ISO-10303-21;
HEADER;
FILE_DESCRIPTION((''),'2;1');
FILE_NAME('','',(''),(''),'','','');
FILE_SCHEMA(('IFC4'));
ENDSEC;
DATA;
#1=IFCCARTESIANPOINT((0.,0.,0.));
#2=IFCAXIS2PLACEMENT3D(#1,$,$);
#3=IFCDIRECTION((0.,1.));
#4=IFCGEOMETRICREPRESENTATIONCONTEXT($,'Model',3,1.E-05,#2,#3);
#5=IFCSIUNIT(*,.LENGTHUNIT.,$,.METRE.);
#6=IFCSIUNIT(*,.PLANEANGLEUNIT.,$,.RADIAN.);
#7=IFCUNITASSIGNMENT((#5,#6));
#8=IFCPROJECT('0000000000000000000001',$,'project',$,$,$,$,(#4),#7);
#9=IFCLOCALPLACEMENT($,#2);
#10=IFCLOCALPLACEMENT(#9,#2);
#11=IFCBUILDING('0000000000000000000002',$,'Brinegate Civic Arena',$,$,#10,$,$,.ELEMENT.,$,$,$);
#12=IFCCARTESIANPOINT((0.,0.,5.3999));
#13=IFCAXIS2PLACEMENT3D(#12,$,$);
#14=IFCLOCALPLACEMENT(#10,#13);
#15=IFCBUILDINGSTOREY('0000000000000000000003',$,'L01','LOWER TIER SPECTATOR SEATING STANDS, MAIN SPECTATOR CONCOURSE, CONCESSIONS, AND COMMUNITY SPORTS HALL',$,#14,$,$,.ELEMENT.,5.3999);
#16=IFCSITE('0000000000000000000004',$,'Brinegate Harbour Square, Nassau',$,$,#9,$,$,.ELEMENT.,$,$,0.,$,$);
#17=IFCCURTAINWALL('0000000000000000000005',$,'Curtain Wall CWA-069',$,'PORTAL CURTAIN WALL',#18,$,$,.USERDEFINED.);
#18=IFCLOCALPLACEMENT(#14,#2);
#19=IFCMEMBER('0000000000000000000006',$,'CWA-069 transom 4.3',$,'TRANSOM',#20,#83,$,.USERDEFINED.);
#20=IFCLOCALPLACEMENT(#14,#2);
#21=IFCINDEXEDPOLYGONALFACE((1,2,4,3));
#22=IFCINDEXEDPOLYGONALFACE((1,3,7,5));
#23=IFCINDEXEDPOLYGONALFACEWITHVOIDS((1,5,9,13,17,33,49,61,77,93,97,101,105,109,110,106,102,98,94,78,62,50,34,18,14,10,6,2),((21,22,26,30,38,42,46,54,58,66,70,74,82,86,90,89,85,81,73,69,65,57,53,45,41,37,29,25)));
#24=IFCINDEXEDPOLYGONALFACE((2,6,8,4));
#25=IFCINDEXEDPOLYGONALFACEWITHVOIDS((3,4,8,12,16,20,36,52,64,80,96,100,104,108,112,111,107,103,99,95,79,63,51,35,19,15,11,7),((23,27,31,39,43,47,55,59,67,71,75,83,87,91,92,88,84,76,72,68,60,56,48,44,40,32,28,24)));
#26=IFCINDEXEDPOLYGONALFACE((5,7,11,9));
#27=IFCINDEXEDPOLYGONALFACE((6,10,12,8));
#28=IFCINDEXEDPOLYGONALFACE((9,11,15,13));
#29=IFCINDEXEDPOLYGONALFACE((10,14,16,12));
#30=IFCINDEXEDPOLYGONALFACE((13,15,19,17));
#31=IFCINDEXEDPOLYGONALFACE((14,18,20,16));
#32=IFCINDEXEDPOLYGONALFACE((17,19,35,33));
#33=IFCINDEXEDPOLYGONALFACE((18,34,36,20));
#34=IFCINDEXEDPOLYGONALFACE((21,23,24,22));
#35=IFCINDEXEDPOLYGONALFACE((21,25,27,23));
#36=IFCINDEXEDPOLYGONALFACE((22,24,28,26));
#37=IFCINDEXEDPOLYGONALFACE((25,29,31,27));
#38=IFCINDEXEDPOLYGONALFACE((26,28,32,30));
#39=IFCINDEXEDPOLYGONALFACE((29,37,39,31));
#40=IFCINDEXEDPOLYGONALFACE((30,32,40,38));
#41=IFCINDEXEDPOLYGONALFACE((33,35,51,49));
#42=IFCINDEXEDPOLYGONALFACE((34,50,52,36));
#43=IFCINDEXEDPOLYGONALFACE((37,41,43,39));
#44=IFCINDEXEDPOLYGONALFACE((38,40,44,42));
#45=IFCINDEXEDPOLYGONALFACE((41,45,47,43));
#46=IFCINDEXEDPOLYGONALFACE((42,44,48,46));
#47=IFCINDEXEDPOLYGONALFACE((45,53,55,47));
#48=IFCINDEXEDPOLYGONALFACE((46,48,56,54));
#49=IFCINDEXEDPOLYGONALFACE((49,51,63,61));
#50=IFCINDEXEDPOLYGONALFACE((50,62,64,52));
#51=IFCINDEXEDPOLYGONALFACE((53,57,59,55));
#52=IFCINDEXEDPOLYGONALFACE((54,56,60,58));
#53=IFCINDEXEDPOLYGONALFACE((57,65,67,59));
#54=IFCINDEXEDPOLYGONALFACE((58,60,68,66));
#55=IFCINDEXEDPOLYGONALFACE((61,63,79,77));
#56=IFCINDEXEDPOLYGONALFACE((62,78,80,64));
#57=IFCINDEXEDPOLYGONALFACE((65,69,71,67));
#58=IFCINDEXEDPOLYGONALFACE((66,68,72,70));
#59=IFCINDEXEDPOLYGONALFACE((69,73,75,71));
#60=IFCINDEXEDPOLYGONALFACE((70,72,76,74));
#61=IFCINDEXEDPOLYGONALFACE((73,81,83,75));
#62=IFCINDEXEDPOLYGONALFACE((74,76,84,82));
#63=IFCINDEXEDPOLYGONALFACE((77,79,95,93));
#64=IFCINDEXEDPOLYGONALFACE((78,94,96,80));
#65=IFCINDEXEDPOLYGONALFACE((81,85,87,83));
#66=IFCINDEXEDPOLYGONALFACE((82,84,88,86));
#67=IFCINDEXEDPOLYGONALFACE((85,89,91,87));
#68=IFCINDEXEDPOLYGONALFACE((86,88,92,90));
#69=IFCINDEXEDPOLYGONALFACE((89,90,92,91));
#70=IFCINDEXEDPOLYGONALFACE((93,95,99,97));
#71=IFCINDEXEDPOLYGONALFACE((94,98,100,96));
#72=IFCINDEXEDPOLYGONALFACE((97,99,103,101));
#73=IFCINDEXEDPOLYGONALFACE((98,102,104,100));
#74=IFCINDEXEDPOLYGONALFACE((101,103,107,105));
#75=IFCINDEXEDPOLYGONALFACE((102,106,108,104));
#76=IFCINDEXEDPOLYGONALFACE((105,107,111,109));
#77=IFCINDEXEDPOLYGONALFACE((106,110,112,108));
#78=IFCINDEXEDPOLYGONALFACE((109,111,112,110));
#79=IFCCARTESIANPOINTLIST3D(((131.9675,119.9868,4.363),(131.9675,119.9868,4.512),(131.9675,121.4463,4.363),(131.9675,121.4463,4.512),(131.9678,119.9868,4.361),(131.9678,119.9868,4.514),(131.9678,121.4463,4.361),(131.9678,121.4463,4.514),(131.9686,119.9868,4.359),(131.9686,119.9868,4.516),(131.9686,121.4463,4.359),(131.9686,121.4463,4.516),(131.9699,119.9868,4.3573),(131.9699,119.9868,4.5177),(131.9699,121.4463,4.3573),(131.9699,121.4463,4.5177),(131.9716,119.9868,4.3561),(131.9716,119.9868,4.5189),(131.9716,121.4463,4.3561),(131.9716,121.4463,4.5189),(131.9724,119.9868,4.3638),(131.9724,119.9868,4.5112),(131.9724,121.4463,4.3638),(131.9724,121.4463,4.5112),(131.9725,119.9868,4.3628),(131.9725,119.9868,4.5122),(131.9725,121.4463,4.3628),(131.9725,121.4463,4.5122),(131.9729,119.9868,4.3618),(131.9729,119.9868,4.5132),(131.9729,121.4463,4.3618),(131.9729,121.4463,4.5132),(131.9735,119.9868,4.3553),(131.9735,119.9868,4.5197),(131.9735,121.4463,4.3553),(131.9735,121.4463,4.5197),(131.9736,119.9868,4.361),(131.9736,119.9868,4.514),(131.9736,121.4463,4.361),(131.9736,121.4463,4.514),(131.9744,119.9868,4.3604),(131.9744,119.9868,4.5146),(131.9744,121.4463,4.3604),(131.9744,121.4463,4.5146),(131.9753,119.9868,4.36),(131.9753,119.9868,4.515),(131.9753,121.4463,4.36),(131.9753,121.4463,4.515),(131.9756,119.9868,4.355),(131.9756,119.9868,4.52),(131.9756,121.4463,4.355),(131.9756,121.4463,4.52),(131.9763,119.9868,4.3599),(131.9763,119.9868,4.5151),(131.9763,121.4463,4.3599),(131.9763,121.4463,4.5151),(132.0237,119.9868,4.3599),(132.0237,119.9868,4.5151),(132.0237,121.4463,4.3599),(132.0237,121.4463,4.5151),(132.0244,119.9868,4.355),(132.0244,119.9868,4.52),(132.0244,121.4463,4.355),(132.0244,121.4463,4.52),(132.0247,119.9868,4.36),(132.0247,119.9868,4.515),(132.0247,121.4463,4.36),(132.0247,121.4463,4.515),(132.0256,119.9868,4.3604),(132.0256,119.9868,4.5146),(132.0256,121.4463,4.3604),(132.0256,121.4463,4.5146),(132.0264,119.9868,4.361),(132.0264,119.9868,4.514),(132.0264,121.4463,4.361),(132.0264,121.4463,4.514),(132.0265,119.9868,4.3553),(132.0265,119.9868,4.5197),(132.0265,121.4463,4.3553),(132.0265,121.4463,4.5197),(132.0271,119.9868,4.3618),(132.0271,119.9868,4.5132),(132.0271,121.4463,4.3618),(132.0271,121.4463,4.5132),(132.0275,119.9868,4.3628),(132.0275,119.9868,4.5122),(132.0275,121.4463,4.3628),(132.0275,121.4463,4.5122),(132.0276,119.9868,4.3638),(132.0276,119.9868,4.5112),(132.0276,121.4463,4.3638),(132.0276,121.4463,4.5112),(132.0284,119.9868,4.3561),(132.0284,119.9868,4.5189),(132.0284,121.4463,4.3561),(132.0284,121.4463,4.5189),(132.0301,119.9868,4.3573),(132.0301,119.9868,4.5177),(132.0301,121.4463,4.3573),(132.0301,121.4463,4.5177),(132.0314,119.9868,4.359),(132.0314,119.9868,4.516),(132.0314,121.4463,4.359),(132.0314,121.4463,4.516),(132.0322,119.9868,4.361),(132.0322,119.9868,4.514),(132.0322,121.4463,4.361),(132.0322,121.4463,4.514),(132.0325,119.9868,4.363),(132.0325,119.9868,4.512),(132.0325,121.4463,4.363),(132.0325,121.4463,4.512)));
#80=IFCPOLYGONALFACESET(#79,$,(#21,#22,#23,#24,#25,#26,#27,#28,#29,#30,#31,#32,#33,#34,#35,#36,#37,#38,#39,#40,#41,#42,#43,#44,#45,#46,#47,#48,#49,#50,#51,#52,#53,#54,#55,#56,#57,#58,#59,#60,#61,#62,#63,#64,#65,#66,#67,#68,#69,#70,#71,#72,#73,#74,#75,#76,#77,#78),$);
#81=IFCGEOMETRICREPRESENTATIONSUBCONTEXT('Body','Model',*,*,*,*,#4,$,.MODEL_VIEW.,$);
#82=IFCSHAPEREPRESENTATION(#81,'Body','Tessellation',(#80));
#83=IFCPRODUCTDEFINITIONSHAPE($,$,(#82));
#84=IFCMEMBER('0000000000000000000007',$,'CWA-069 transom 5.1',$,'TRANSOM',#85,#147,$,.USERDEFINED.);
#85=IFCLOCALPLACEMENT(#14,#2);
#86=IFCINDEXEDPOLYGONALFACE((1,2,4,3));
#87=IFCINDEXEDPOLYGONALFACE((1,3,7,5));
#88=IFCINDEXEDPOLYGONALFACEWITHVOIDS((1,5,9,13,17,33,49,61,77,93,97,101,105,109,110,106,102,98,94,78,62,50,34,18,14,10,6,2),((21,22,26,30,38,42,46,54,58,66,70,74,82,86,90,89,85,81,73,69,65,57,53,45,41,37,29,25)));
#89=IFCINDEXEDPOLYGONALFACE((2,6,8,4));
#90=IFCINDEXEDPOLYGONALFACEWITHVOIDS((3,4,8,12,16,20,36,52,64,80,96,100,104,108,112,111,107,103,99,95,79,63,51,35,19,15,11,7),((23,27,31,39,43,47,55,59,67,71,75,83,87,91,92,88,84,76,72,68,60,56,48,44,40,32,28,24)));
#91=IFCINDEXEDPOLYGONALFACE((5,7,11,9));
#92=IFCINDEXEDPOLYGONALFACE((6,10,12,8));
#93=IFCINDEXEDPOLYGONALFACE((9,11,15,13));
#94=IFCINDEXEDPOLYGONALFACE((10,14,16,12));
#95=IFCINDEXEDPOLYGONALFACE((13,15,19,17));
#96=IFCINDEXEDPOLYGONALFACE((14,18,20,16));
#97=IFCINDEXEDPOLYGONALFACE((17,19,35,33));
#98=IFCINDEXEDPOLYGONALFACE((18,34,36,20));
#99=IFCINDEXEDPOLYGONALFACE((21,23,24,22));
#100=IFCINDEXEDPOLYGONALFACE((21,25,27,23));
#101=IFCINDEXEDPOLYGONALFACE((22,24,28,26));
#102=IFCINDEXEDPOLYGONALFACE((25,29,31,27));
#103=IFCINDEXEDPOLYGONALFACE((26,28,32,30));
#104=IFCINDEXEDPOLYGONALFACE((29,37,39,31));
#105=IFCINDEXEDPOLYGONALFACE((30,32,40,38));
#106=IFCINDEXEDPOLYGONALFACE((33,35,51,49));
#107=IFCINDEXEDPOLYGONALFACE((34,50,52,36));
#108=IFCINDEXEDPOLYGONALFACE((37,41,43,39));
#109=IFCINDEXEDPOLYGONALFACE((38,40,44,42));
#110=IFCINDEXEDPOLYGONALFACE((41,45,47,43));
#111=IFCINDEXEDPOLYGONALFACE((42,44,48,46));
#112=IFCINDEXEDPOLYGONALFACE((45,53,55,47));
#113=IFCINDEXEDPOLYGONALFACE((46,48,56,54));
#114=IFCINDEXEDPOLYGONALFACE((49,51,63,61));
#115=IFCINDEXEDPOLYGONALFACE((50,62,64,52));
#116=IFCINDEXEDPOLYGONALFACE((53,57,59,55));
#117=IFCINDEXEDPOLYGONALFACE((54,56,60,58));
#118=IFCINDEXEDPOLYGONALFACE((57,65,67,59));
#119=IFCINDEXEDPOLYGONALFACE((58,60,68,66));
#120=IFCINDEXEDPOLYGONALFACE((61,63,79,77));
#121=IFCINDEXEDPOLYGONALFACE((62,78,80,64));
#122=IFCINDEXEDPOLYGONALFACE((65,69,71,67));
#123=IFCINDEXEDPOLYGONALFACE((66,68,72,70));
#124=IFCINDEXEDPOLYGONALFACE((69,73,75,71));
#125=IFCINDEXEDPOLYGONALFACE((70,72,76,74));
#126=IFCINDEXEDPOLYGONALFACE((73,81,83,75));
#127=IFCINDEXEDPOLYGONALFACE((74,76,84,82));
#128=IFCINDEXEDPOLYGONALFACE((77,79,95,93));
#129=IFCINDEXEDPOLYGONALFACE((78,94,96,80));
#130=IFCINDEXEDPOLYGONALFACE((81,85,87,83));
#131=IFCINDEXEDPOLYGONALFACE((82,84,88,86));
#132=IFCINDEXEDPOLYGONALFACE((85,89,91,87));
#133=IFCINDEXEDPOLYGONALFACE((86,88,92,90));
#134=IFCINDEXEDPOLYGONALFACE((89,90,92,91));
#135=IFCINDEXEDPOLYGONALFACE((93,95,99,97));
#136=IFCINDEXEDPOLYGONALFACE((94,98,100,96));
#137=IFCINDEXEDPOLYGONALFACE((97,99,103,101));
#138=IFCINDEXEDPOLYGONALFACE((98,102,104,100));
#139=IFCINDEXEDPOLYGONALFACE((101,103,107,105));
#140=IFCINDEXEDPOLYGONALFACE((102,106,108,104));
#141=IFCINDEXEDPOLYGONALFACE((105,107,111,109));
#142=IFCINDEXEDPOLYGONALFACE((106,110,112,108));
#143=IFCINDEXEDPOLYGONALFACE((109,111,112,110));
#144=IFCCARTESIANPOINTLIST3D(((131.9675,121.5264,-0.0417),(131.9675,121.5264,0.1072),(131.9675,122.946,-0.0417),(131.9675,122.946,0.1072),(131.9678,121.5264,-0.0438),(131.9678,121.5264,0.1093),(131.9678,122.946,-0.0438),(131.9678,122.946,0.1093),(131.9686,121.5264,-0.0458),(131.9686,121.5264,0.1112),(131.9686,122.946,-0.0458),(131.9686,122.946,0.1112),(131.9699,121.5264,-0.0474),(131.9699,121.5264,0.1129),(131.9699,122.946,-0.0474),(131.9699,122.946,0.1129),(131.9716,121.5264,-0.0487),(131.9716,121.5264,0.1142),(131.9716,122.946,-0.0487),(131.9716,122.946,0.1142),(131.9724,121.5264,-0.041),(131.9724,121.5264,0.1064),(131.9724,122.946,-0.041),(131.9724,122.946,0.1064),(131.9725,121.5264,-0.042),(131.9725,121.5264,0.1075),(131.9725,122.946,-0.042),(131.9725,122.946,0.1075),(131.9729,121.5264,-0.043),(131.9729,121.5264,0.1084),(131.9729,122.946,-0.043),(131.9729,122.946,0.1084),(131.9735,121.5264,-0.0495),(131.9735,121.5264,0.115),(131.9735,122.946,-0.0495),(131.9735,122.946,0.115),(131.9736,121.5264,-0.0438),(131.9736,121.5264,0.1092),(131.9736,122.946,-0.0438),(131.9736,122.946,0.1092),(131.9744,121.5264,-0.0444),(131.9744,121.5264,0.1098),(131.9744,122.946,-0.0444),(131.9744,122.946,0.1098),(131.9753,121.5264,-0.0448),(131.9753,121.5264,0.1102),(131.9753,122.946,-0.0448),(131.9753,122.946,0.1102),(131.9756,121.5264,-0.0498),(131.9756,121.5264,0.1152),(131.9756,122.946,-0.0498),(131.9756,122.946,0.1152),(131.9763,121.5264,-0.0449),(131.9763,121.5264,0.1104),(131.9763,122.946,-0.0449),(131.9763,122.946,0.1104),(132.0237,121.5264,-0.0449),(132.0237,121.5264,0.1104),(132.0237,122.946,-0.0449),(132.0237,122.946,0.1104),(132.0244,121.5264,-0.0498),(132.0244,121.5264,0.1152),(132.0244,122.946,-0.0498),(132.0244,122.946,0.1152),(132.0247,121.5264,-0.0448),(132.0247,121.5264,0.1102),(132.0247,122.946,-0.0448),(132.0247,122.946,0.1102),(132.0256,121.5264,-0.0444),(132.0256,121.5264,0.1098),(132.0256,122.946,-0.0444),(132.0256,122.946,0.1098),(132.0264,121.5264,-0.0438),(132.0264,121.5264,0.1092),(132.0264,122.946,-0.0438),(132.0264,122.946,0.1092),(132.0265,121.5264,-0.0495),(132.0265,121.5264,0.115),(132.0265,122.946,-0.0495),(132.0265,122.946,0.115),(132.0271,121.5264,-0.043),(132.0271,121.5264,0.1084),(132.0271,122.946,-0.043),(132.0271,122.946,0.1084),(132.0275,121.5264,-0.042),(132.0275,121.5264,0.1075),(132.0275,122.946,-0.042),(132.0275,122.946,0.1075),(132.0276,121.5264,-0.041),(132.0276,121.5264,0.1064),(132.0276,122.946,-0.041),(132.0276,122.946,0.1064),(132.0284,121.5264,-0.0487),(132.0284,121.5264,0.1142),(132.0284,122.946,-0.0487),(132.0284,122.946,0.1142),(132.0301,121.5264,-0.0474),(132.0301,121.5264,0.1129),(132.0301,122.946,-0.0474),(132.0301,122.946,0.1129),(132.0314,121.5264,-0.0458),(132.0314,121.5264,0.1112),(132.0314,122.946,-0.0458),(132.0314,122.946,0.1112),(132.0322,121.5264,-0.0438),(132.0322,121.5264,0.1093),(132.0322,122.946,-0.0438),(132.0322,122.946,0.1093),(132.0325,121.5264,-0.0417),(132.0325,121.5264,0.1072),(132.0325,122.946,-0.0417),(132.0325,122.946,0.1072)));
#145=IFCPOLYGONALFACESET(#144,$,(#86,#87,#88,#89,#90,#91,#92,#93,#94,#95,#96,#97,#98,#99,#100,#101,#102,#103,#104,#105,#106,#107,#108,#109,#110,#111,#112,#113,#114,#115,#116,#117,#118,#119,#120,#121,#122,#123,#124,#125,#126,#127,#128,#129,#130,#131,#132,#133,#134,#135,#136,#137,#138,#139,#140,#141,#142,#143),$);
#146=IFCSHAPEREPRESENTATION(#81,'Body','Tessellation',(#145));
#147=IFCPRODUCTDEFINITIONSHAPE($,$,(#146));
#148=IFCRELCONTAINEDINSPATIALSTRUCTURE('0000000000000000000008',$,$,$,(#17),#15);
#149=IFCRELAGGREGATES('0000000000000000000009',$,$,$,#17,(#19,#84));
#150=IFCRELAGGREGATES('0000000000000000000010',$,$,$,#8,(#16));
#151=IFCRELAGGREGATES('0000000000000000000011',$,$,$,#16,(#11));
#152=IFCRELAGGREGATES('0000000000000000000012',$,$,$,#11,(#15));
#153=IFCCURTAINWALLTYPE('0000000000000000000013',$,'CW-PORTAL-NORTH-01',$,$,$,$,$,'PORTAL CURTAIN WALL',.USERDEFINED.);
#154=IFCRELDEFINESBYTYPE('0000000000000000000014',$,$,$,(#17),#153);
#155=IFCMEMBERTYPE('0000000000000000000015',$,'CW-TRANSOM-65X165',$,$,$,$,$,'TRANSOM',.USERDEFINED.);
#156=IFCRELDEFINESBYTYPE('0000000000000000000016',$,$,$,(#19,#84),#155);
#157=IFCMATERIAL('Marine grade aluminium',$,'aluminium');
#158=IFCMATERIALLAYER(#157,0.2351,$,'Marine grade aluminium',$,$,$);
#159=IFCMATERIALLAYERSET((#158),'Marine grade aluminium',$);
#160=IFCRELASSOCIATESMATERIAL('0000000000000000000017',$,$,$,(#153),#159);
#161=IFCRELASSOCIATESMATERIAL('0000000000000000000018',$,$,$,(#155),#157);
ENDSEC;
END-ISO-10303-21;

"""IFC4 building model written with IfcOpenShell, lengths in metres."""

from ifc_helpers import new_model, si_unit, direction, frame, origin, origin_2d, place, context, subcontext, project, spatial, hollow_rectangle, extrude, material, layer, layer_set, material_profile, profile_set, type_object, element, aggregate, save


model = new_model("IFC4")

# Units and contexts
model_context = context("Model", 3, precision=1e-05, world=origin(), true_north=direction((0.0, 1.0)))
body_context = subcontext(model_context, "Body", "Model", "MODEL_VIEW")
ifc_project = project(units=[si_unit("LENGTHUNIT", "METRE"), si_unit("PLANEANGLEUNIT", "RADIAN")], contexts=[model_context])

# Site, building, storey
site_placement = place(None, origin())
site = spatial("IfcSite", under=ifc_project, at=site_placement, Name="Brinegate Harbour Square, Nassau", CompositionType="ELEMENT", RefElevation=0.0)
building_placement = place(site_placement, origin())
building = spatial("IfcBuilding", under=site, at=building_placement, Name="Brinegate Civic Arena", CompositionType="ELEMENT")
storey_placement = place(building_placement, frame((0.0, 0.0, 5.3999)))
storey = spatial("IfcBuildingStorey", under=building, at=storey_placement, Name="L01", Description="LOWER TIER SPECTATOR SEATING STANDS, MAIN SPECTATOR CONCOURSE, CONCESSIONS, AND COMMUNITY SPORTS HALL", CompositionType="ELEMENT", Elevation=5.3999)

# Curtain wall, members
ifc_material_1 = material(Name="Marine grade aluminium", Category="aluminium")
ifc_layer_1 = layer(ifc_material_1, 0.2351, Name="Marine grade aluminium")
ifc_layer_set_1 = layer_set([ifc_layer_1], Name="Marine grade aluminium")
curtain_wall_type = type_object("IfcCurtainWallType", Name="CW-PORTAL-NORTH-01", ElementType="PORTAL CURTAIN WALL", PredefinedType="USERDEFINED", material=ifc_layer_set_1)
curtain_wall_placement = place(storey_placement, origin())
curtain_wall = element("IfcCurtainWall", 1, at=curtain_wall_placement, inside=storey, type_object=curtain_wall_type, Name="Curtain Wall CWA-069", ObjectType="PORTAL CURTAIN WALL", PredefinedType="USERDEFINED")
ifc_material_profile_1 = material_profile(ifc_material_1, hollow_rectangle(XDim=0.0649, YDim=0.165, WallThickness=0.0049, InnerFilletRadius=0.0039, OuterFilletRadius=0.0081, at=origin_2d()), Name="TRN65X165")
ifc_profile_set_1 = profile_set([ifc_material_profile_1], Name="Marine grade aluminium")
member_type_1 = type_object("IfcMemberType", Name="CW-TRANSOM-65X165", ElementType="TRANSOM", PredefinedType="USERDEFINED", material=ifc_profile_set_1)
member_1_placement = place(storey_placement, frame((132.0, 119.9868, 4.4375), z_axis=(0.0, 1.0, 0.0), x_axis=(-1.0, 0.0, 0.0)))
member_1 = element("IfcMember", 2, at=member_1_placement, type_object=member_type_1, Name="CWA-069 transom 4.3", ObjectType="TRANSOM", PredefinedType="USERDEFINED", context=body_context, shape_type="SweptSolid", body=[
    extrude(hollow_rectangle(XDim=0.0649, YDim=0.165, WallThickness=0.0049, InnerFilletRadius=0.0039, OuterFilletRadius=0.0081, at=origin_2d()), origin(), (0.0, 0.0, 1.0), 1.4595),
])
member_2_placement = place(storey_placement, frame((132.0, 121.5264, 0.0327), z_axis=(0.0, 1.0, 0.0), x_axis=(-1.0, 0.0, 0.0)))
member_2 = element("IfcMember", 3, at=member_2_placement, type_object=member_type_1, Name="CWA-069 transom 5.1", ObjectType="TRANSOM", PredefinedType="USERDEFINED", context=body_context, shape_type="SweptSolid", body=[
    extrude(hollow_rectangle(XDim=0.0649, YDim=0.165, WallThickness=0.0049, InnerFilletRadius=0.0039, OuterFilletRadius=0.0081, at=origin_2d()), origin(), (0.0, 0.0, 1.0), 1.4197),
])
aggregate(curtain_wall, [member_1, member_2])

save(model, "model.ifc")
